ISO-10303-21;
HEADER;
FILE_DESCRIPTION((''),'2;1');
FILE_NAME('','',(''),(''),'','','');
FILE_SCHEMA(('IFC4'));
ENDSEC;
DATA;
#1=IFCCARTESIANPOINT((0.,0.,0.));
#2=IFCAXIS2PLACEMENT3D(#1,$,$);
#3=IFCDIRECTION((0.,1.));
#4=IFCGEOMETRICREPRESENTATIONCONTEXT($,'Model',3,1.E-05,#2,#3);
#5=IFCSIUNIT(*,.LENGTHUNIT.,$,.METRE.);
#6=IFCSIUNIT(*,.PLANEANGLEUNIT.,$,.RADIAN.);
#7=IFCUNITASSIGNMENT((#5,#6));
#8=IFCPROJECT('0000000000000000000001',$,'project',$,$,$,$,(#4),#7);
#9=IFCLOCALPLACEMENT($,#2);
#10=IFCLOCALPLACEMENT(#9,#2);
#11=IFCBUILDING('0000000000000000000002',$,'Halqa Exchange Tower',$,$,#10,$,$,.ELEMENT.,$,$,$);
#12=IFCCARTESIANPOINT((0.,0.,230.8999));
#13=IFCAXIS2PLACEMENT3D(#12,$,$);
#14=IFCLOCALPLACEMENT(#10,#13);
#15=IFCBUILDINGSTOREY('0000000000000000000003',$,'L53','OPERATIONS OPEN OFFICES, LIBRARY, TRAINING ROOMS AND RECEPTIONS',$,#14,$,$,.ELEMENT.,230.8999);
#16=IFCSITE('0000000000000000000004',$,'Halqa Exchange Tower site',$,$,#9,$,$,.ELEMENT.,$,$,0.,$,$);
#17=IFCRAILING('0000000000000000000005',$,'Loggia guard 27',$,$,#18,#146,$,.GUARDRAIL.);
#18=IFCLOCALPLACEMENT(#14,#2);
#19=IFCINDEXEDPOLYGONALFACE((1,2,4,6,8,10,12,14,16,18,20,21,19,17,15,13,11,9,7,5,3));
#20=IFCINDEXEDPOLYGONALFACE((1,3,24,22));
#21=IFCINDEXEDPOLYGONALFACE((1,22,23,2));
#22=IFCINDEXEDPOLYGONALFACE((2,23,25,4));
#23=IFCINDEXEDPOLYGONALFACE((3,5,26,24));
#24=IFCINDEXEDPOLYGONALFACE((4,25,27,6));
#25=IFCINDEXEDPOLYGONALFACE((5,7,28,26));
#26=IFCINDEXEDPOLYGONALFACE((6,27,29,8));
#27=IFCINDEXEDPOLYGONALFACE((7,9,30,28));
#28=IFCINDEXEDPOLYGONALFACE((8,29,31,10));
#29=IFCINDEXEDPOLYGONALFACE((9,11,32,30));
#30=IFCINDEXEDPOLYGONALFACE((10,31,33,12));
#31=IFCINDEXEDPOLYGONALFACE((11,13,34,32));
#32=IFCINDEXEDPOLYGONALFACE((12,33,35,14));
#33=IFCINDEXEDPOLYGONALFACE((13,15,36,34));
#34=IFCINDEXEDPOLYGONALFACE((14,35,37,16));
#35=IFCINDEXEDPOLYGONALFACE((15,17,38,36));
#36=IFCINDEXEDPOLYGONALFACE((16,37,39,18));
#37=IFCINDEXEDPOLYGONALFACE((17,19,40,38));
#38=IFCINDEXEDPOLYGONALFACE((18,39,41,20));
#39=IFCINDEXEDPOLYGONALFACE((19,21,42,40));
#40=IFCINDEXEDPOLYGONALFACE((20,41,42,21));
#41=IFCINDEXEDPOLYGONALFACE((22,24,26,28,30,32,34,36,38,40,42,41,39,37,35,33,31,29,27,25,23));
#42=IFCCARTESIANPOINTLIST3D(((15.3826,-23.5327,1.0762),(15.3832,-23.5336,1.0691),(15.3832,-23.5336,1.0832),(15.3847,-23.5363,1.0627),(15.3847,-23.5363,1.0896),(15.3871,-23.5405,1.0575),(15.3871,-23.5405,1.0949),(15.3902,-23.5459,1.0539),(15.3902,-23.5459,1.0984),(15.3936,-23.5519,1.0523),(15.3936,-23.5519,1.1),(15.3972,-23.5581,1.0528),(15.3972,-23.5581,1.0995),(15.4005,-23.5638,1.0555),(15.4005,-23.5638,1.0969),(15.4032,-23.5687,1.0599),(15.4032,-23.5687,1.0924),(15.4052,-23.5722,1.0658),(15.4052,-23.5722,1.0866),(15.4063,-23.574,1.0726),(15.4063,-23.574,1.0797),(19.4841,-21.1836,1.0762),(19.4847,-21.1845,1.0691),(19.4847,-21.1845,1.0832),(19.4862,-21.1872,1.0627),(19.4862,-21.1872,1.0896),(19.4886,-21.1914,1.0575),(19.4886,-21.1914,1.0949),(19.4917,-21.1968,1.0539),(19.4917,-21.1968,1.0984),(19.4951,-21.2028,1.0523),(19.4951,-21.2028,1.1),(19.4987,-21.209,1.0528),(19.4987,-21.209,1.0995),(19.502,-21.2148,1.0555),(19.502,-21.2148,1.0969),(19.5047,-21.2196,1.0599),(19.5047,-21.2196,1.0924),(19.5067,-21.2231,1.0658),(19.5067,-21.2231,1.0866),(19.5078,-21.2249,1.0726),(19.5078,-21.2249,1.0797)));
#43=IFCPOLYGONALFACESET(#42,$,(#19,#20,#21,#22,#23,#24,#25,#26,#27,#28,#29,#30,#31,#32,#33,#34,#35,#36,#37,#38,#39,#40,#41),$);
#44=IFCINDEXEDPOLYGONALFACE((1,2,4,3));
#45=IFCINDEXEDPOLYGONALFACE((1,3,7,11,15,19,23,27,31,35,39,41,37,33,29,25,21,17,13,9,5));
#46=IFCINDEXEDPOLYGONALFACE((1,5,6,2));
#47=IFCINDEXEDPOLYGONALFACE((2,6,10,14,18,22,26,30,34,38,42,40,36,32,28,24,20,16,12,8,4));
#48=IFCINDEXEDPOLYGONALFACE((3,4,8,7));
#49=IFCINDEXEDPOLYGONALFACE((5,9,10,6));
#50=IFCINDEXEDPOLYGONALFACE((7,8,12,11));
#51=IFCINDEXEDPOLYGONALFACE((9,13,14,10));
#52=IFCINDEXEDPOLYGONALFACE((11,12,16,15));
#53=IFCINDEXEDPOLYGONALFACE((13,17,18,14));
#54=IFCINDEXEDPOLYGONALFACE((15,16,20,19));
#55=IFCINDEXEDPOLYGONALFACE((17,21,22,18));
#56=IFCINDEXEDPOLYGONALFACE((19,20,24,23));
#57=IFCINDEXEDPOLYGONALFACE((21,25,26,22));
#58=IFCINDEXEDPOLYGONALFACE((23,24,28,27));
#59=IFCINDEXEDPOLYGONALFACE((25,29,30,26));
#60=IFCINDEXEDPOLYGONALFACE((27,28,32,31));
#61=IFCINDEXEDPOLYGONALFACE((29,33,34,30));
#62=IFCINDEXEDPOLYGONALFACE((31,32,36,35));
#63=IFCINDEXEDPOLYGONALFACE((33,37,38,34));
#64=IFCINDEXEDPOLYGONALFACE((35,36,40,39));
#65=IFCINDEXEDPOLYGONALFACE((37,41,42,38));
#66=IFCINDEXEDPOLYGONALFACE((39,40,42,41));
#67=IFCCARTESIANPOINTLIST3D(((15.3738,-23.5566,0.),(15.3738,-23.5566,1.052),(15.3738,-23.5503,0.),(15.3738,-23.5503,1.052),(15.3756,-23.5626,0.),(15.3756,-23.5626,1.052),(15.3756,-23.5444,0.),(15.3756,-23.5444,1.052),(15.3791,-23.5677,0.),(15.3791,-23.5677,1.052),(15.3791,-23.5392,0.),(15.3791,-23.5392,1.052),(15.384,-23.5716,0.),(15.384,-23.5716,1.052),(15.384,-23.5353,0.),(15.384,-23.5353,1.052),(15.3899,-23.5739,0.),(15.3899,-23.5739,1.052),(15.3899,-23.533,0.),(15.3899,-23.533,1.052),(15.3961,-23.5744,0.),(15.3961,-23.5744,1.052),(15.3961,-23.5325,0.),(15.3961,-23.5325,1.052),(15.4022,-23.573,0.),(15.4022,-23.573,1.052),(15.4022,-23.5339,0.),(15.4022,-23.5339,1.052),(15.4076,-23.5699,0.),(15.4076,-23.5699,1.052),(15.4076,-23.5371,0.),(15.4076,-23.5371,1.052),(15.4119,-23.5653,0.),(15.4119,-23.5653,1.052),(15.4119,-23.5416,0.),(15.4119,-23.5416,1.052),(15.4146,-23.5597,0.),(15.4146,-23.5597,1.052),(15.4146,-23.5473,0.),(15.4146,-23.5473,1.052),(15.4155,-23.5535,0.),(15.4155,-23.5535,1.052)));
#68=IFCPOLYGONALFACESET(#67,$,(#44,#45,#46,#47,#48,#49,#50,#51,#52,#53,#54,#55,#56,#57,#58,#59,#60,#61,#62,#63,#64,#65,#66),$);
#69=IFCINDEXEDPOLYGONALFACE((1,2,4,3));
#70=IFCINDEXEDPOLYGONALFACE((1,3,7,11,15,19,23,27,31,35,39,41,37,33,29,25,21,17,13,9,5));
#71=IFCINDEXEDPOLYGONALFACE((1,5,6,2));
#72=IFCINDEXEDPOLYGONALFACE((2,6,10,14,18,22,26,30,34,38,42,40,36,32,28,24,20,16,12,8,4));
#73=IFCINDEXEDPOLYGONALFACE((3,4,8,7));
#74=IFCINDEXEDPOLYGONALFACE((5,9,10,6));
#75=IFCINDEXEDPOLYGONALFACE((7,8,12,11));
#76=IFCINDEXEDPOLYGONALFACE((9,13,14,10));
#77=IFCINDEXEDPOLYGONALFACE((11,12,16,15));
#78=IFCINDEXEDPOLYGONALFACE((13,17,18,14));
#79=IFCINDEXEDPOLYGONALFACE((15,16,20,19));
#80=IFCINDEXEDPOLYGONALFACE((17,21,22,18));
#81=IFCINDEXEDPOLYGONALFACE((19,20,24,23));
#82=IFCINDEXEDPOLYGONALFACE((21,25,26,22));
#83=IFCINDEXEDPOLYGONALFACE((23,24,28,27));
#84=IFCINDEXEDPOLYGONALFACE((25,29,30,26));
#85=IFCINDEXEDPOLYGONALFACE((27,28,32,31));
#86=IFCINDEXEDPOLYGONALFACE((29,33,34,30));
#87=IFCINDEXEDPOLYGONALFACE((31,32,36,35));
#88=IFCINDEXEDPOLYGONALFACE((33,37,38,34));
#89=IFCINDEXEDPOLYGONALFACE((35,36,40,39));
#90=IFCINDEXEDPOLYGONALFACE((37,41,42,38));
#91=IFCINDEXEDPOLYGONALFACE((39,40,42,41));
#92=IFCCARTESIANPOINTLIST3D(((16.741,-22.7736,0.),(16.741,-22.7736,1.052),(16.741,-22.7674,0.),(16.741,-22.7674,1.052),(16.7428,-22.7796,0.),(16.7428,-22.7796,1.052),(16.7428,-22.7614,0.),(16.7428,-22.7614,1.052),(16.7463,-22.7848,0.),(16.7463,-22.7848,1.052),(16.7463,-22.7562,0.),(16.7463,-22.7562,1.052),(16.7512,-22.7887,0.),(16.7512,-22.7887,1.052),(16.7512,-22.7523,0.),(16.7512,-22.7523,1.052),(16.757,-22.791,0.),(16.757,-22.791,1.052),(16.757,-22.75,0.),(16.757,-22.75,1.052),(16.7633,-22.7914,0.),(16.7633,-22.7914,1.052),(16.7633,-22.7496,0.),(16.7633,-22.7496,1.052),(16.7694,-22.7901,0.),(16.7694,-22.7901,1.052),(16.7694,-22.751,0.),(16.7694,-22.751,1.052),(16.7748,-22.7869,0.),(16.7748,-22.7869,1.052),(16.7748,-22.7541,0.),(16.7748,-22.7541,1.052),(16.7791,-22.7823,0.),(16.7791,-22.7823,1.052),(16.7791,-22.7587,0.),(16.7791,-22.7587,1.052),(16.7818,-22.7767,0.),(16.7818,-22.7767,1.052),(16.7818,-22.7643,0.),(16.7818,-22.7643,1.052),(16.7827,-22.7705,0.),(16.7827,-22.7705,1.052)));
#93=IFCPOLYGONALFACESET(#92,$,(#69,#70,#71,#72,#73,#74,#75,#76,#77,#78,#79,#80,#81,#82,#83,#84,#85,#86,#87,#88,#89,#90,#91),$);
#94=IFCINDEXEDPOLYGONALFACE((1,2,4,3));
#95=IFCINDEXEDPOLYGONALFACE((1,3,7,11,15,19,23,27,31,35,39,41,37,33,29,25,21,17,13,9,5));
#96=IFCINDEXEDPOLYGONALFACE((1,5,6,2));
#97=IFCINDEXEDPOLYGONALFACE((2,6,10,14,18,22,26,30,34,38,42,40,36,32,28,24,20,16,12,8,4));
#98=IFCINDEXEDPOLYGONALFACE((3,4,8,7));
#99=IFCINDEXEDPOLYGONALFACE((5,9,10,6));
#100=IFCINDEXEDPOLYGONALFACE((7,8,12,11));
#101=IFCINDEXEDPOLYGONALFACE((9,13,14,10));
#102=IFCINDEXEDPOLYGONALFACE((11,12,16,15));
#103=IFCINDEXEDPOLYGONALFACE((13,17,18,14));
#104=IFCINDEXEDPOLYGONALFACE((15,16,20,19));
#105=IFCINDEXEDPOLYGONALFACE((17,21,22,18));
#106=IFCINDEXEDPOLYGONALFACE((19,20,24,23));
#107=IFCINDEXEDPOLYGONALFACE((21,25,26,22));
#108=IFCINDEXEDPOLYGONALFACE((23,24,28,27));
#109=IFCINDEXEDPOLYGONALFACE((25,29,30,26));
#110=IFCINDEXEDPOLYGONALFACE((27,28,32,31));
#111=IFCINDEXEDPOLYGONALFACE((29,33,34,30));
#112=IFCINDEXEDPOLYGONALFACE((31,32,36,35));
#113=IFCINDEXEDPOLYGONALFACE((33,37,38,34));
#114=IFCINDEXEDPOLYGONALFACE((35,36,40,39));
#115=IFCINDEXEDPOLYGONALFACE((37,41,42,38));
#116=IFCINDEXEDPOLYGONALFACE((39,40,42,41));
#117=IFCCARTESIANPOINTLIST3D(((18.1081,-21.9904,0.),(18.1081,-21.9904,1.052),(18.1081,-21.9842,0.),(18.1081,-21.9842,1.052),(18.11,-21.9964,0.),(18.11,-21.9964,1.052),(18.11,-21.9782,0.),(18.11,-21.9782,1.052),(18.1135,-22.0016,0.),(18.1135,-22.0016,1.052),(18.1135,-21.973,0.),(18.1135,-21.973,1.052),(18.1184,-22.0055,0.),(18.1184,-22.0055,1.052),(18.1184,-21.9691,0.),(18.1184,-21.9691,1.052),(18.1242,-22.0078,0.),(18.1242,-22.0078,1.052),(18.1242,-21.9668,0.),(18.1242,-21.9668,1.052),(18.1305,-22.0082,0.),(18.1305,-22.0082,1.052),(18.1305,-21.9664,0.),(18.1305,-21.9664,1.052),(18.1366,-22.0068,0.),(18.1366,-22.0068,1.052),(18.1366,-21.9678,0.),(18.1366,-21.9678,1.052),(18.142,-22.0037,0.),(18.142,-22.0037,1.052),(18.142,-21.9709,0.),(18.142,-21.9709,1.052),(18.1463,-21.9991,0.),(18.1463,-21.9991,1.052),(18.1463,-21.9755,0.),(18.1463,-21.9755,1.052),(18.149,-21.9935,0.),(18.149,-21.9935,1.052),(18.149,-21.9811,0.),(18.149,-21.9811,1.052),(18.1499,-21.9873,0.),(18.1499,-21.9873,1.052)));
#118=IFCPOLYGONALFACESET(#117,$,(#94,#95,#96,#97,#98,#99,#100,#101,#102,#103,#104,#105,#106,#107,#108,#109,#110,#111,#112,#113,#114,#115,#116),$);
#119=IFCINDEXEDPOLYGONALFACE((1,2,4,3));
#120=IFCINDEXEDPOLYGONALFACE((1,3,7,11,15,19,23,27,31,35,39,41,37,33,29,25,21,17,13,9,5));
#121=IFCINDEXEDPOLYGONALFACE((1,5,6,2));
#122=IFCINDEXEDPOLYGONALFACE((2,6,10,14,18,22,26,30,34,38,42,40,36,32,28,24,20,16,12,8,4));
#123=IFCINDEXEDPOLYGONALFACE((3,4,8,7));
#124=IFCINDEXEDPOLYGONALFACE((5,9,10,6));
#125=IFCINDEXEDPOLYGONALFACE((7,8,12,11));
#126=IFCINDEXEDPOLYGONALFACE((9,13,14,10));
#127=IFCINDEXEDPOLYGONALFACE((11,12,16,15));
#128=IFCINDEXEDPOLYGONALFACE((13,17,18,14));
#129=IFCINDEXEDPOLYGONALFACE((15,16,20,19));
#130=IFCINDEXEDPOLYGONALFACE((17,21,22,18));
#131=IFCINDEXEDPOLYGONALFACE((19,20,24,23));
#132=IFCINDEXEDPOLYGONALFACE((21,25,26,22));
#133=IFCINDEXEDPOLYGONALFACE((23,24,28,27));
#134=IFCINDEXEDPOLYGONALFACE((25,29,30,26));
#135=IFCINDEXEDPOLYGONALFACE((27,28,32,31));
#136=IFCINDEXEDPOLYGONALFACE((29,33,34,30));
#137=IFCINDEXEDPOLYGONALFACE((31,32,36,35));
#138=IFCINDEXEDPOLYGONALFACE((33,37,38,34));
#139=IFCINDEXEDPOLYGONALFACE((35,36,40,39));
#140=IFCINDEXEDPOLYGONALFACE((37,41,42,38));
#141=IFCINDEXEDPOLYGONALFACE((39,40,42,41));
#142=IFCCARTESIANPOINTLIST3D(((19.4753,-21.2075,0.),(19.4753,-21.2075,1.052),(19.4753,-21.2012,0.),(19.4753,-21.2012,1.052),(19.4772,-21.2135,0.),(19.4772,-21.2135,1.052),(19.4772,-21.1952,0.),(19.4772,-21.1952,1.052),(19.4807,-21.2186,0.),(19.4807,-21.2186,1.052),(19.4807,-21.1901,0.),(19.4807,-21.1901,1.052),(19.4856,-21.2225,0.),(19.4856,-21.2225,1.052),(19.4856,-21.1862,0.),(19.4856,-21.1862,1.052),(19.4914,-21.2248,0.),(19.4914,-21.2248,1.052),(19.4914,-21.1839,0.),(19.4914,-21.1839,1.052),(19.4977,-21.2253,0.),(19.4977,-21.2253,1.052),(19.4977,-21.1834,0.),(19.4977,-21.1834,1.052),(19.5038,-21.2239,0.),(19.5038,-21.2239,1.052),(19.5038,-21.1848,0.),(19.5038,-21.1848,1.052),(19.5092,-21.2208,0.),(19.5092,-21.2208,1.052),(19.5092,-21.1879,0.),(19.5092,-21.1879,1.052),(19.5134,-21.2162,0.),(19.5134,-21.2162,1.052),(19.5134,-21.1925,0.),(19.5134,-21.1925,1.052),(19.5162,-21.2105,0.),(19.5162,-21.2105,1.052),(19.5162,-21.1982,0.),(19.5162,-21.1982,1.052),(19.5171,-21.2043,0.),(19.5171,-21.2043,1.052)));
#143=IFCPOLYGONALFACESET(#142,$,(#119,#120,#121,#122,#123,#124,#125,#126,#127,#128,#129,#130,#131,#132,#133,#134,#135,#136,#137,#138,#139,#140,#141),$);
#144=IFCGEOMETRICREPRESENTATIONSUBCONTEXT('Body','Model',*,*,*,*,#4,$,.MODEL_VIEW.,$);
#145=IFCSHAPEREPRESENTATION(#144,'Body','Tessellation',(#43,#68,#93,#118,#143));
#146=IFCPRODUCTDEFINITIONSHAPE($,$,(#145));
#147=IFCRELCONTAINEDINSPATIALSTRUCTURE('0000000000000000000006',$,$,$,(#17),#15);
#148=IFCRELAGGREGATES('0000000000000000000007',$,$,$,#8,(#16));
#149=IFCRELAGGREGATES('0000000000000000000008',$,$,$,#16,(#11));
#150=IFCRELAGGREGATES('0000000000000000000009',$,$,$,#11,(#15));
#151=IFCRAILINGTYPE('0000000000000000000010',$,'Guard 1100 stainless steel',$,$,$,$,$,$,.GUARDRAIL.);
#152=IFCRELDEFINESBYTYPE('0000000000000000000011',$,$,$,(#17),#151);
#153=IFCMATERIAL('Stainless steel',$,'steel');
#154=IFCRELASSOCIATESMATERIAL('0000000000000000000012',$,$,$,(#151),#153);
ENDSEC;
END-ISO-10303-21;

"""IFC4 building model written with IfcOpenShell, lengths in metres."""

from ifc_helpers import new_model, si_unit, direction, frame, origin, origin_2d, place, context, subcontext, project, spatial, circle, extrude, material, type_object, element, save


model = new_model("IFC4")

# Units and contexts
model_context = context("Model", 3, precision=1e-05, world=origin(), true_north=direction((0.0, 1.0)))
body_context = subcontext(model_context, "Body", "Model", "MODEL_VIEW")
ifc_project = project(units=[si_unit("LENGTHUNIT", "METRE"), si_unit("PLANEANGLEUNIT", "RADIAN")], contexts=[model_context])

# Site, building, storey
site_placement = place(None, origin())
site = spatial("IfcSite", under=ifc_project, at=site_placement, Name="Halqa Exchange Tower site", CompositionType="ELEMENT", RefElevation=0.0)
building_placement = place(site_placement, origin())
building = spatial("IfcBuilding", under=site, at=building_placement, Name="Halqa Exchange Tower", CompositionType="ELEMENT")
storey_placement = place(building_placement, frame((0.0, 0.0, 230.8999)))
storey = spatial("IfcBuildingStorey", under=building, at=storey_placement, Name="L53", Description="OPERATIONS OPEN OFFICES, LIBRARY, TRAINING ROOMS AND RECEPTIONS", CompositionType="ELEMENT", Elevation=230.8999)

# Railing
ifc_material_1 = material(Name="Stainless steel", Category="steel")
railing_type = type_object("IfcRailingType", Name="Guard 1100 stainless steel", PredefinedType="GUARDRAIL", material=ifc_material_1)
railing_1_placement = place(storey_placement, frame((15.3945, -23.5535, 0.0)))
element("IfcRailing", 1, at=railing_1_placement, inside=storey, type_object=railing_type, Name="Loggia guard 27", PredefinedType="GUARDRAIL", context=body_context, shape_type="SweptSolid", body=[
    extrude(circle(Radius=0.0239, at=origin_2d()), frame((0.0, 0.0, 1.0762), z_axis=(0.867753, 0.496995, 0.0), x_axis=(-0.496995, 0.867753, 0.0)), (0.0, 0.0, 1.0), 4.7266),
    extrude(circle(Radius=0.021, at=origin_2d()), origin(), (0.0, 0.0, 1.0), 1.052),
    extrude(circle(Radius=0.021, at=origin_2d()), frame((1.3672, 0.783, 0.0)), (0.0, 0.0, 1.0), 1.052),
    extrude(circle(Radius=0.021, at=origin_2d()), frame((2.7344, 1.5662, 0.0)), (0.0, 0.0, 1.0), 1.052),
    extrude(circle(Radius=0.021, at=origin_2d()), frame((4.1016, 2.3491, 0.0)), (0.0, 0.0, 1.0), 1.052),
])

save(model, "model.ifc")
